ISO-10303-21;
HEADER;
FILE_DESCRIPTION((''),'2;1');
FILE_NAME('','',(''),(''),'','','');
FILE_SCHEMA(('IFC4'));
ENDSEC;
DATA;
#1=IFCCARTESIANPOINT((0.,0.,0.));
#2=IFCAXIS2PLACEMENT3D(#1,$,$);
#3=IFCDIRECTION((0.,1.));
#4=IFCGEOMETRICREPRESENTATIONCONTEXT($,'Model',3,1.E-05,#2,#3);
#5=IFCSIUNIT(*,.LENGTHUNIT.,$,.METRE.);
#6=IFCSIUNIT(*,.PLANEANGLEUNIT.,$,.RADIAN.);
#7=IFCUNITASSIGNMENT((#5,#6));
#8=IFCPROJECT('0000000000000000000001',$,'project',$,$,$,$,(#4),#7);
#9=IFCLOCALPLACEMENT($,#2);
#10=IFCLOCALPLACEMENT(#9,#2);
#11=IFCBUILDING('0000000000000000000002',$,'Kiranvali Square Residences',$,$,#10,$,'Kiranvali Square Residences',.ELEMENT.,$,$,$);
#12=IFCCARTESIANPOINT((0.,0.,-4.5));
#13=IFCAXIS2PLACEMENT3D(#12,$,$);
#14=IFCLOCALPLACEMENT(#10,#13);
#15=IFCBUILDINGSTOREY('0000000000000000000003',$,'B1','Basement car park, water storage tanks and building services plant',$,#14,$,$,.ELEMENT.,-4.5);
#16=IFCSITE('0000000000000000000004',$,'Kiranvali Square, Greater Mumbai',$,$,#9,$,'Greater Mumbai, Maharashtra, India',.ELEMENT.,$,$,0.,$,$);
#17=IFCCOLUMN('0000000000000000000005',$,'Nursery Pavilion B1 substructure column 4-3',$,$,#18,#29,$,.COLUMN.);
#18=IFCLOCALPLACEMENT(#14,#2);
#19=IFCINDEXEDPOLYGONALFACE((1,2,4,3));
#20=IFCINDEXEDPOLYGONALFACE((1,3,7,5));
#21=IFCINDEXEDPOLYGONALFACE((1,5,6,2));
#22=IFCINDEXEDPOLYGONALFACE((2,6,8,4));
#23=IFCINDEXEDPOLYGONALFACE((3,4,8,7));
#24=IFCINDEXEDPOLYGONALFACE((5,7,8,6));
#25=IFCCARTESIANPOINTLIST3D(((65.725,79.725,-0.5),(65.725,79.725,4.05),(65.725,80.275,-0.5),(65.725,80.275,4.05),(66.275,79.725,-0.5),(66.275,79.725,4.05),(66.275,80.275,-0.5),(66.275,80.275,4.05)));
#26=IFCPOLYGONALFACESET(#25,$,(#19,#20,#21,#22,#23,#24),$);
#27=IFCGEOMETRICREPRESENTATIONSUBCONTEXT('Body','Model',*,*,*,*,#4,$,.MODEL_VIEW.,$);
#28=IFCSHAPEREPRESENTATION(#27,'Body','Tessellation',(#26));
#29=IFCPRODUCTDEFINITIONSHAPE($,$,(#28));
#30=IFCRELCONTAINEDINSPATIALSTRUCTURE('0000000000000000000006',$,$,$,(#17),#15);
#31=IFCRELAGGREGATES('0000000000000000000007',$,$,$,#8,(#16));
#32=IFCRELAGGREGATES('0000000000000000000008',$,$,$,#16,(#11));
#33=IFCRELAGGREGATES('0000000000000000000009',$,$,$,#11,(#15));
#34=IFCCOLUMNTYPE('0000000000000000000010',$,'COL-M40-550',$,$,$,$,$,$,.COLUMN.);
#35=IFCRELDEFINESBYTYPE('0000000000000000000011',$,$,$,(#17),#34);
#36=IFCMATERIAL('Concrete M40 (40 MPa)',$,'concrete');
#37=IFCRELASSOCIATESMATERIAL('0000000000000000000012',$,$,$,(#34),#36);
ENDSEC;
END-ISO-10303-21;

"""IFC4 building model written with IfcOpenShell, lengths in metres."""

from ifc_helpers import new_model, si_unit, direction, frame, origin, origin_2d, place, context, subcontext, project, spatial, rectangle, extrude, material, material_profile, profile_set, type_object, element, save


model = new_model("IFC4")

# Units and contexts
model_context = context("Model", 3, precision=1e-05, world=origin(), true_north=direction((0.0, 1.0)))
body_context = subcontext(model_context, "Body", "Model", "MODEL_VIEW")
ifc_project = project(units=[si_unit("LENGTHUNIT", "METRE"), si_unit("PLANEANGLEUNIT", "RADIAN")], contexts=[model_context])

# Site, building, storey
site_placement = place(None, origin())
site = spatial("IfcSite", under=ifc_project, at=site_placement, Name="Kiranvali Square, Greater Mumbai", LongName="Greater Mumbai, Maharashtra, India", CompositionType="ELEMENT", RefElevation=0.0)
building_placement = place(site_placement, origin())
building = spatial("IfcBuilding", under=site, at=building_placement, Name="Kiranvali Square Residences", LongName="Kiranvali Square Residences", CompositionType="ELEMENT")
storey_placement = place(building_placement, frame((0.0, 0.0, -4.5)))
storey = spatial("IfcBuildingStorey", under=building, at=storey_placement, Name="B1", Description="Basement car park, water storage tanks and building services plant", CompositionType="ELEMENT", Elevation=-4.5)

# Shared definitions
ifc_material = material(Name="Concrete M40 (40 MPa)", Category="concrete")

# Column
ifc_material_profile_1 = material_profile(ifc_material, rectangle(XDim=0.55, YDim=0.55, at=origin_2d()), Name="RC 550x550")
ifc_profile_set_1 = profile_set([ifc_material_profile_1], Name="Concrete M40 (40 MPa)")
column_type_1 = type_object("IfcColumnType", Name="COL-M40-550", PredefinedType="COLUMN", material=ifc_profile_set_1)
for number, where, z_axis, x_axis, name in (
    (1, (66.0, 80.0, -0.5), (0.0, 0.0, 1.0), (1.0, 0.0, 0.0), "Nursery Pavilion B1 substructure column 4-3"),
):
    element("IfcColumn", number, at=place(storey_placement, frame(where, z_axis=z_axis, x_axis=x_axis)), inside=storey, type_object=column_type_1, Name=name, PredefinedType="COLUMN", context=body_context, shape_type="SweptSolid", body=[
        extrude(rectangle(XDim=0.55, YDim=0.55, at=origin_2d()), origin(), (0.0, 0.0, 1.0), 4.55),
    ])

save(model, "model.ifc")
